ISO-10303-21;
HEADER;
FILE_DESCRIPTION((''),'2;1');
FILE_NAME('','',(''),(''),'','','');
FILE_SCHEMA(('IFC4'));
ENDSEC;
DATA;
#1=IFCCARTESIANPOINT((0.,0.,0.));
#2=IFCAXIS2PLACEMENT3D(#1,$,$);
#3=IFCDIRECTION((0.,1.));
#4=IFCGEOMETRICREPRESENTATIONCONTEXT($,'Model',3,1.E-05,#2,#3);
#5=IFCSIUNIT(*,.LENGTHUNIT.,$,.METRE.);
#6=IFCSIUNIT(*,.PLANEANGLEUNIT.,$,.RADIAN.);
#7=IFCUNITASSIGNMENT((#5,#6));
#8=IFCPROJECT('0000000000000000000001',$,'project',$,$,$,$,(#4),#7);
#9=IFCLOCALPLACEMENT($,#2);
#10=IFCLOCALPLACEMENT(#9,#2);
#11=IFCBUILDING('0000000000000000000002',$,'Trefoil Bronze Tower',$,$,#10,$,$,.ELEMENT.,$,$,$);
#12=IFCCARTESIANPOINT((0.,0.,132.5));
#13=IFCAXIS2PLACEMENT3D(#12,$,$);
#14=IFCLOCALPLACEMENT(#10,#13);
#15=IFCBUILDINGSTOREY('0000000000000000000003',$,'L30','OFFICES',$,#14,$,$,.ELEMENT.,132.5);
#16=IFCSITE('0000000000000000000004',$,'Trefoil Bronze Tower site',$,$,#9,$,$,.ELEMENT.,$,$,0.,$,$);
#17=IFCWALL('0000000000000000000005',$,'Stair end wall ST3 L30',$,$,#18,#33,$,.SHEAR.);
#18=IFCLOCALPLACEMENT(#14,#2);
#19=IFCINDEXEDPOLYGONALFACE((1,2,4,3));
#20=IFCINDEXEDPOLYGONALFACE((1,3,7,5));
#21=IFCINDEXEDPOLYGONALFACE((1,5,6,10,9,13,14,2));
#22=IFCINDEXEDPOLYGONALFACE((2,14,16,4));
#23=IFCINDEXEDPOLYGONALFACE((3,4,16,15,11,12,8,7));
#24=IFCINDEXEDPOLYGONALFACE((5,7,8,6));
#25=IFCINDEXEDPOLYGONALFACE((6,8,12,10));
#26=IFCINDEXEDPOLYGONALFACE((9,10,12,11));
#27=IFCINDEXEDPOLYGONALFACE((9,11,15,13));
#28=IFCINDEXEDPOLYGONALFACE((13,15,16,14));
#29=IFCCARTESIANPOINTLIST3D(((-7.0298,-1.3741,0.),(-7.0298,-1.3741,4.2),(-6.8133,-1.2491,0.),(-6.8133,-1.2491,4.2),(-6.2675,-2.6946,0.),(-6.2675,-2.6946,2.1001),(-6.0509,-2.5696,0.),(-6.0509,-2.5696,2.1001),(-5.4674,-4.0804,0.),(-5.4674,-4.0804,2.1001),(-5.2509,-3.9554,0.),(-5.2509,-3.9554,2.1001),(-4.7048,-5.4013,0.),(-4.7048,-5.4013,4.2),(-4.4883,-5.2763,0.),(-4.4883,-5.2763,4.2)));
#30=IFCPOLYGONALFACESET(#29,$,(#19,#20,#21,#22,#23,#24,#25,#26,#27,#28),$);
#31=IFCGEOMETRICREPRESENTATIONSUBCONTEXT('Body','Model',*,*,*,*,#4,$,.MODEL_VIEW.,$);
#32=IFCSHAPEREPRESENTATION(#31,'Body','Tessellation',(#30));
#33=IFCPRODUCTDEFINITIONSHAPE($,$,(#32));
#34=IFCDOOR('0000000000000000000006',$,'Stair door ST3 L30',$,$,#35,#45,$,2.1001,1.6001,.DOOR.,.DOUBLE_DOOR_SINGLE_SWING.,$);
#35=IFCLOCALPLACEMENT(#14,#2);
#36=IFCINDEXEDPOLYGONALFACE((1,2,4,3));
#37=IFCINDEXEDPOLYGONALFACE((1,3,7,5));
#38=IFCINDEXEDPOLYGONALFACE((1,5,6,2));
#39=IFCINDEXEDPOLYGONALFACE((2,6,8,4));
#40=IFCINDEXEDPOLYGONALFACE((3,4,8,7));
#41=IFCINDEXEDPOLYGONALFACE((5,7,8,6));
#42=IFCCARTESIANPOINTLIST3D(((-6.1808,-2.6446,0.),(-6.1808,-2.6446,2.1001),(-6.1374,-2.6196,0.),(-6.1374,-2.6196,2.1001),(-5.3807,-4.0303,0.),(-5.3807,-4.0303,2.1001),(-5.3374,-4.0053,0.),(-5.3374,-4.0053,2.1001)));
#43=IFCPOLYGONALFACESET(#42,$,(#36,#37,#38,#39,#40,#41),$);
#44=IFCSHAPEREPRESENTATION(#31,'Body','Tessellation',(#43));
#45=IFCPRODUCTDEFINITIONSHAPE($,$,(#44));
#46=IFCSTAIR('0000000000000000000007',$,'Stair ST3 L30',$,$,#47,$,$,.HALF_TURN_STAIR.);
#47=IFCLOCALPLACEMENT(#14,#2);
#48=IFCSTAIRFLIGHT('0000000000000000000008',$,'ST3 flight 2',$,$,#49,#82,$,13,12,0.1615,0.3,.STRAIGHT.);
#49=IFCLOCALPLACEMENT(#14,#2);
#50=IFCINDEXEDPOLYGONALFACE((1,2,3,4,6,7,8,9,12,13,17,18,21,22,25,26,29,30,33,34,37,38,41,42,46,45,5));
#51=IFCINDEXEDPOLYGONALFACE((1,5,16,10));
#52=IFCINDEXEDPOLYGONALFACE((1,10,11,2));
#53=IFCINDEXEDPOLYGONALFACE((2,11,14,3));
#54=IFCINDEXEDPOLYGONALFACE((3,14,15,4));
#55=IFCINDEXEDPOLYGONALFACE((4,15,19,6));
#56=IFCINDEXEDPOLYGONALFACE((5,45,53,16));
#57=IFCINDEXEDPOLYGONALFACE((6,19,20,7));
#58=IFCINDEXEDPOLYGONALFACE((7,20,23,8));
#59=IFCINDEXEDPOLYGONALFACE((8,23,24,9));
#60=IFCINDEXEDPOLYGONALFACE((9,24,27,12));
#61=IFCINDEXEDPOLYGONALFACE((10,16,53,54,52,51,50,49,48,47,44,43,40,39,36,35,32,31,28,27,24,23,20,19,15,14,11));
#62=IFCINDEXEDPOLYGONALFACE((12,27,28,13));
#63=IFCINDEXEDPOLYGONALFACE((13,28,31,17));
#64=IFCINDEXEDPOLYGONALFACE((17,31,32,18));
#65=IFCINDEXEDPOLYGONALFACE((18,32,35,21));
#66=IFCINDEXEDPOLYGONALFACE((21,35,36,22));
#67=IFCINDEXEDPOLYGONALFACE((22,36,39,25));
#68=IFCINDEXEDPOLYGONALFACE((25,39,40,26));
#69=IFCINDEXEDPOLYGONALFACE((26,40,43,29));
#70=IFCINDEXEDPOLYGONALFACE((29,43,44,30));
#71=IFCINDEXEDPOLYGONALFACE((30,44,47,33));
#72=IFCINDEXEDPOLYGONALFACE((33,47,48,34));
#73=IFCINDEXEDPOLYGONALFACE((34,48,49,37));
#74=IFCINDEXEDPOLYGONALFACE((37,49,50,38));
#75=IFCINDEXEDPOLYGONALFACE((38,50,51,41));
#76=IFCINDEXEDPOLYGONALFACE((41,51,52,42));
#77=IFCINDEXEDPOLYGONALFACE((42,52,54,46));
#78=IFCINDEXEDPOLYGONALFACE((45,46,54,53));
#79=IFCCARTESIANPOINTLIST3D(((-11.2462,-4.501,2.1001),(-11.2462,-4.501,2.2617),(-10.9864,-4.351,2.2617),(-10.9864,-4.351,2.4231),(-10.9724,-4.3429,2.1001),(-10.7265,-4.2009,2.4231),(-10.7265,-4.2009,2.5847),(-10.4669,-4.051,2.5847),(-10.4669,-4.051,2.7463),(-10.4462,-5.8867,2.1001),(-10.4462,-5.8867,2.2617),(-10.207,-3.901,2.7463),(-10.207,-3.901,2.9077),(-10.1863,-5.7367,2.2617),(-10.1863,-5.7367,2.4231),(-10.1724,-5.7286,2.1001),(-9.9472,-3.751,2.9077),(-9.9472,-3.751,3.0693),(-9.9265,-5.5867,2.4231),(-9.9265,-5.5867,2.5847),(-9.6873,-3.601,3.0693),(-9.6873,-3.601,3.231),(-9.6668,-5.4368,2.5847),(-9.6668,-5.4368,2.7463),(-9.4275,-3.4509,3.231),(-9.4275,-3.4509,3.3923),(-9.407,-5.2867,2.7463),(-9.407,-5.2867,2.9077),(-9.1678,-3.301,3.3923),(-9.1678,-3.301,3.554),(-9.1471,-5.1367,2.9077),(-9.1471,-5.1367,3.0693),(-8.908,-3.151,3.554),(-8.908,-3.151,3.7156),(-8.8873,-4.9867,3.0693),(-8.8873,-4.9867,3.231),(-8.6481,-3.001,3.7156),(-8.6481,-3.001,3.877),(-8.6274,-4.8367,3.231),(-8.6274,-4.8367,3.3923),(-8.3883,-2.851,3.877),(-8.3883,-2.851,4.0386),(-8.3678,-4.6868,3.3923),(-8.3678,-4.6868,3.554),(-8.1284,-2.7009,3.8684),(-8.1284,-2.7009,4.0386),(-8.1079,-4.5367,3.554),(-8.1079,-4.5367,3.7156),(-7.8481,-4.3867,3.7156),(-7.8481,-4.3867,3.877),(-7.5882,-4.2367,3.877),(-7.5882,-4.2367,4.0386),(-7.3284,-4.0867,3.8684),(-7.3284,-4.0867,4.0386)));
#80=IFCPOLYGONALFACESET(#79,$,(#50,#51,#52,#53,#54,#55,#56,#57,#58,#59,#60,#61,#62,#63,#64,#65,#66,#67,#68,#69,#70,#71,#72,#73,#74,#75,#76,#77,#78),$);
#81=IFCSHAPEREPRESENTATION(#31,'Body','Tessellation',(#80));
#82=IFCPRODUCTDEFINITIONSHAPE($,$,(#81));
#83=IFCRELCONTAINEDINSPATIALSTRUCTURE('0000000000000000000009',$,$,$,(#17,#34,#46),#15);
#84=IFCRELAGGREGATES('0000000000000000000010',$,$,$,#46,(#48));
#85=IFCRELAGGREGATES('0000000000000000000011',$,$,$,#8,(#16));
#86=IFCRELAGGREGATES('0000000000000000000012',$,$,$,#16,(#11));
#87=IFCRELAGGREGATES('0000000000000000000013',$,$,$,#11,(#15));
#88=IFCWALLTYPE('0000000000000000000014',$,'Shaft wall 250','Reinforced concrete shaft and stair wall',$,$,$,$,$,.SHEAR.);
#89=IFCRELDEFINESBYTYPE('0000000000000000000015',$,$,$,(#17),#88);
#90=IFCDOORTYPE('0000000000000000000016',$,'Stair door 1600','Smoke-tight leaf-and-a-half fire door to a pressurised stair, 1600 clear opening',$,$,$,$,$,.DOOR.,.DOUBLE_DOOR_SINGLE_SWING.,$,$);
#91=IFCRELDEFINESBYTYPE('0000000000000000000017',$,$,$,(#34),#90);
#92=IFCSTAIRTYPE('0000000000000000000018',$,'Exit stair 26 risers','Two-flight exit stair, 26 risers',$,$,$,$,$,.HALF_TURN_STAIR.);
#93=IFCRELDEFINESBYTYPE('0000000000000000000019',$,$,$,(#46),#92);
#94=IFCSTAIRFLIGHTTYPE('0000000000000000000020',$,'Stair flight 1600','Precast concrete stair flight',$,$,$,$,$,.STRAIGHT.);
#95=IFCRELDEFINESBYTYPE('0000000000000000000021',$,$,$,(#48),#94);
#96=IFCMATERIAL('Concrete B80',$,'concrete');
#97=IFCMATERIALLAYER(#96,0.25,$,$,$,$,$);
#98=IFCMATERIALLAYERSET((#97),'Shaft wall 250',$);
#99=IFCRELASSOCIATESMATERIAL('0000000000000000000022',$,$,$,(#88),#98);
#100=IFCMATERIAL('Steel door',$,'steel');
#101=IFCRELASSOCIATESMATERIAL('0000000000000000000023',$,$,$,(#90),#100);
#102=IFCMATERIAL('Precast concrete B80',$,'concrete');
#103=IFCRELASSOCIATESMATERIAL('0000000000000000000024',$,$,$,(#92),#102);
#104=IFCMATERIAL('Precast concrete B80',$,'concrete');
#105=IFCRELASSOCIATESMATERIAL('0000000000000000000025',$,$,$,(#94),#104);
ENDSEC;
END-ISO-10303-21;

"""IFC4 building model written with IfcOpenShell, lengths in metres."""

from ifc_helpers import new_model, si_unit, direction, frame, frame_2d, origin, place, context, subcontext, project, spatial, polyline, rectangle, outline, extrude, material, layer, layer_set, type_object, element, fill, aggregate, save


model = new_model("IFC4")

# Units and contexts
model_context = context("Model", 3, precision=1e-05, world=origin(), true_north=direction((0.0, 1.0)))
body_context = subcontext(model_context, "Body", "Model", "MODEL_VIEW")
ifc_project = project(units=[si_unit("LENGTHUNIT", "METRE"), si_unit("PLANEANGLEUNIT", "RADIAN")], contexts=[model_context])

# Site, building, storey
site_placement = place(None, origin())
site = spatial("IfcSite", under=ifc_project, at=site_placement, Name="Trefoil Bronze Tower site", CompositionType="ELEMENT", RefElevation=0.0)
building_placement = place(site_placement, origin())
building = spatial("IfcBuilding", under=site, at=building_placement, Name="Trefoil Bronze Tower", CompositionType="ELEMENT")
storey_placement = place(building_placement, frame((0.0, 0.0, 132.5)))
storey = spatial("IfcBuildingStorey", under=building, at=storey_placement, Name="L30", Description="OFFICES", CompositionType="ELEMENT", Elevation=132.5)

# Wall, opening, door
ifc_material_1 = material(Name="Concrete B80", Category="concrete")
ifc_layer_1 = layer(ifc_material_1, 0.25)
ifc_layer_set_1 = layer_set([ifc_layer_1], Name="Shaft wall 250")
wall_type_1 = type_object("IfcWallType", Name="Shaft wall 250", Description="Reinforced concrete shaft and stair wall", PredefinedType="SHEAR", material=ifc_layer_set_1)
wall_1_placement = place(storey_placement, frame((-6.9216, -1.3115, 0.0), z_axis=(0.0, 0.0, 1.0), x_axis=(0.499985, -0.866034, 0.0)))
wall_1 = element("IfcWall", 1, at=wall_1_placement, inside=storey, type_object=wall_type_1, Name="Stair end wall ST3 L30", PredefinedType="SHEAR", context=body_context, shape_type="SweptSolid", body=[
    extrude(rectangle(XDim=4.6501, YDim=0.25, at=frame_2d((2.3252, 0.0))), origin(), (0.0, 0.0, 1.0), 4.2),
])
opening_1_placement = place(wall_1_placement, frame((1.5249, 0.0, 0.0)))
opening_1 = element("IfcOpeningElement", 2, at=opening_1_placement, cuts=wall_1, PredefinedType="OPENING", context=body_context, shape_type="SweptSolid", body=[
    extrude(rectangle(XDim=1.6001, YDim=2.1001, at=frame_2d((0.8, 1.05))), frame((0.0, 0.135, 0.0), z_axis=(0.0, -1.0, 0.0), x_axis=(1.0, 0.0, 0.0)), (0.0, 0.0, 1.0), 0.27),
])
ifc_material_2 = material(Name="Steel door", Category="steel")
door_type_1 = type_object("IfcDoorType", Name="Stair door 1600", Description="Smoke-tight leaf-and-a-half fire door to a pressurised stair, 1600 clear opening", OperationType="DOUBLE_DOOR_SINGLE_SWING", PredefinedType="DOOR", material=ifc_material_2)
door_1_placement = place(opening_1_placement, frame((1.6001, 0.0, 0.0), z_axis=(0.0, 0.0, 1.0), x_axis=(-1.0, 0.0, 0.0)))
door_1 = element("IfcDoor", 3, at=door_1_placement, inside=storey, type_object=door_type_1, Name="Stair door ST3 L30", OperationType="DOUBLE_DOOR_SINGLE_SWING", OverallHeight=2.1001, OverallWidth=1.6001, PredefinedType="DOOR", context=body_context, shape_type="SweptSolid", body=[
    extrude(rectangle(XDim=1.6001, YDim=2.1001, at=frame_2d((0.8, 1.05))), frame((0.0, 0.0249, 0.0), z_axis=(0.0, -1.0, 0.0), x_axis=(1.0, 0.0, 0.0)), (0.0, 0.0, 1.0), 0.05),
])
fill(opening_1, door_1)

# Stair, stair flight
ifc_material_3 = material(Name="Precast concrete B80", Category="concrete")
stair_type = type_object("IfcStairType", Name="Exit stair 26 risers", Description="Two-flight exit stair, 26 risers", PredefinedType="HALF_TURN_STAIR", material=ifc_material_3)
stair_placement = place(storey_placement, origin())
stair = element("IfcStair", 4, at=stair_placement, inside=storey, type_object=stair_type, Name="Stair ST3 L30", PredefinedType="HALF_TURN_STAIR")
ifc_material_4 = material(Name="Precast concrete B80", Category="concrete")
stair_flight_type = type_object("IfcStairFlightType", Name="Stair flight 1600", Description="Precast concrete stair flight", PredefinedType="STRAIGHT", material=ifc_material_4)
stair_flight_placement = place(storey_placement, frame((-10.8462, -5.1938, 2.1001), z_axis=(0.0, 0.0, 1.0), x_axis=(0.866025, 0.5, 0.0)))
stair_flight = element("IfcStairFlight", 5, at=stair_flight_placement, type_object=stair_flight_type, Name="ST3 flight 2", NumberOfRisers=13, NumberOfTreads=12, PredefinedType="STRAIGHT", RiserHeight=0.1615, TreadLength=0.3, context=body_context, shape_type="SweptSolid", body=[
    extrude(outline(polyline([(0.0, 0.0), (0.0, 0.1616), (0.3, 0.1616), (0.3, 0.323), (0.6001, 0.323), (0.6001, 0.4846), (0.8999, 0.4846), (0.8999, 0.6462), (1.2, 0.6462), (1.2, 0.8076), (1.5, 0.8076), (1.5, 0.9692), (1.8, 0.9692), (1.8, 1.1309), (2.1001, 1.1309), (2.1001, 1.2922), (2.3999, 1.2922), (2.3999, 1.4539), (2.7, 1.4539), (2.7, 1.6155), (3.0, 1.6155), (3.0, 1.7769), (3.3, 1.7769), (3.3, 1.9385), (3.6001, 1.9385), (3.6001, 2.1001), (3.6001, 1.7683), (0.3162, 0.0), (0.0, 0.0)])), frame((0.0, 0.8, 0.0), z_axis=(0.0, -1.0, 0.0), x_axis=(1.0, 0.0, 0.0)), (0.0, 0.0, 1.0), 1.6001),
])
aggregate(stair, [stair_flight])

save(model, "model.ifc")
